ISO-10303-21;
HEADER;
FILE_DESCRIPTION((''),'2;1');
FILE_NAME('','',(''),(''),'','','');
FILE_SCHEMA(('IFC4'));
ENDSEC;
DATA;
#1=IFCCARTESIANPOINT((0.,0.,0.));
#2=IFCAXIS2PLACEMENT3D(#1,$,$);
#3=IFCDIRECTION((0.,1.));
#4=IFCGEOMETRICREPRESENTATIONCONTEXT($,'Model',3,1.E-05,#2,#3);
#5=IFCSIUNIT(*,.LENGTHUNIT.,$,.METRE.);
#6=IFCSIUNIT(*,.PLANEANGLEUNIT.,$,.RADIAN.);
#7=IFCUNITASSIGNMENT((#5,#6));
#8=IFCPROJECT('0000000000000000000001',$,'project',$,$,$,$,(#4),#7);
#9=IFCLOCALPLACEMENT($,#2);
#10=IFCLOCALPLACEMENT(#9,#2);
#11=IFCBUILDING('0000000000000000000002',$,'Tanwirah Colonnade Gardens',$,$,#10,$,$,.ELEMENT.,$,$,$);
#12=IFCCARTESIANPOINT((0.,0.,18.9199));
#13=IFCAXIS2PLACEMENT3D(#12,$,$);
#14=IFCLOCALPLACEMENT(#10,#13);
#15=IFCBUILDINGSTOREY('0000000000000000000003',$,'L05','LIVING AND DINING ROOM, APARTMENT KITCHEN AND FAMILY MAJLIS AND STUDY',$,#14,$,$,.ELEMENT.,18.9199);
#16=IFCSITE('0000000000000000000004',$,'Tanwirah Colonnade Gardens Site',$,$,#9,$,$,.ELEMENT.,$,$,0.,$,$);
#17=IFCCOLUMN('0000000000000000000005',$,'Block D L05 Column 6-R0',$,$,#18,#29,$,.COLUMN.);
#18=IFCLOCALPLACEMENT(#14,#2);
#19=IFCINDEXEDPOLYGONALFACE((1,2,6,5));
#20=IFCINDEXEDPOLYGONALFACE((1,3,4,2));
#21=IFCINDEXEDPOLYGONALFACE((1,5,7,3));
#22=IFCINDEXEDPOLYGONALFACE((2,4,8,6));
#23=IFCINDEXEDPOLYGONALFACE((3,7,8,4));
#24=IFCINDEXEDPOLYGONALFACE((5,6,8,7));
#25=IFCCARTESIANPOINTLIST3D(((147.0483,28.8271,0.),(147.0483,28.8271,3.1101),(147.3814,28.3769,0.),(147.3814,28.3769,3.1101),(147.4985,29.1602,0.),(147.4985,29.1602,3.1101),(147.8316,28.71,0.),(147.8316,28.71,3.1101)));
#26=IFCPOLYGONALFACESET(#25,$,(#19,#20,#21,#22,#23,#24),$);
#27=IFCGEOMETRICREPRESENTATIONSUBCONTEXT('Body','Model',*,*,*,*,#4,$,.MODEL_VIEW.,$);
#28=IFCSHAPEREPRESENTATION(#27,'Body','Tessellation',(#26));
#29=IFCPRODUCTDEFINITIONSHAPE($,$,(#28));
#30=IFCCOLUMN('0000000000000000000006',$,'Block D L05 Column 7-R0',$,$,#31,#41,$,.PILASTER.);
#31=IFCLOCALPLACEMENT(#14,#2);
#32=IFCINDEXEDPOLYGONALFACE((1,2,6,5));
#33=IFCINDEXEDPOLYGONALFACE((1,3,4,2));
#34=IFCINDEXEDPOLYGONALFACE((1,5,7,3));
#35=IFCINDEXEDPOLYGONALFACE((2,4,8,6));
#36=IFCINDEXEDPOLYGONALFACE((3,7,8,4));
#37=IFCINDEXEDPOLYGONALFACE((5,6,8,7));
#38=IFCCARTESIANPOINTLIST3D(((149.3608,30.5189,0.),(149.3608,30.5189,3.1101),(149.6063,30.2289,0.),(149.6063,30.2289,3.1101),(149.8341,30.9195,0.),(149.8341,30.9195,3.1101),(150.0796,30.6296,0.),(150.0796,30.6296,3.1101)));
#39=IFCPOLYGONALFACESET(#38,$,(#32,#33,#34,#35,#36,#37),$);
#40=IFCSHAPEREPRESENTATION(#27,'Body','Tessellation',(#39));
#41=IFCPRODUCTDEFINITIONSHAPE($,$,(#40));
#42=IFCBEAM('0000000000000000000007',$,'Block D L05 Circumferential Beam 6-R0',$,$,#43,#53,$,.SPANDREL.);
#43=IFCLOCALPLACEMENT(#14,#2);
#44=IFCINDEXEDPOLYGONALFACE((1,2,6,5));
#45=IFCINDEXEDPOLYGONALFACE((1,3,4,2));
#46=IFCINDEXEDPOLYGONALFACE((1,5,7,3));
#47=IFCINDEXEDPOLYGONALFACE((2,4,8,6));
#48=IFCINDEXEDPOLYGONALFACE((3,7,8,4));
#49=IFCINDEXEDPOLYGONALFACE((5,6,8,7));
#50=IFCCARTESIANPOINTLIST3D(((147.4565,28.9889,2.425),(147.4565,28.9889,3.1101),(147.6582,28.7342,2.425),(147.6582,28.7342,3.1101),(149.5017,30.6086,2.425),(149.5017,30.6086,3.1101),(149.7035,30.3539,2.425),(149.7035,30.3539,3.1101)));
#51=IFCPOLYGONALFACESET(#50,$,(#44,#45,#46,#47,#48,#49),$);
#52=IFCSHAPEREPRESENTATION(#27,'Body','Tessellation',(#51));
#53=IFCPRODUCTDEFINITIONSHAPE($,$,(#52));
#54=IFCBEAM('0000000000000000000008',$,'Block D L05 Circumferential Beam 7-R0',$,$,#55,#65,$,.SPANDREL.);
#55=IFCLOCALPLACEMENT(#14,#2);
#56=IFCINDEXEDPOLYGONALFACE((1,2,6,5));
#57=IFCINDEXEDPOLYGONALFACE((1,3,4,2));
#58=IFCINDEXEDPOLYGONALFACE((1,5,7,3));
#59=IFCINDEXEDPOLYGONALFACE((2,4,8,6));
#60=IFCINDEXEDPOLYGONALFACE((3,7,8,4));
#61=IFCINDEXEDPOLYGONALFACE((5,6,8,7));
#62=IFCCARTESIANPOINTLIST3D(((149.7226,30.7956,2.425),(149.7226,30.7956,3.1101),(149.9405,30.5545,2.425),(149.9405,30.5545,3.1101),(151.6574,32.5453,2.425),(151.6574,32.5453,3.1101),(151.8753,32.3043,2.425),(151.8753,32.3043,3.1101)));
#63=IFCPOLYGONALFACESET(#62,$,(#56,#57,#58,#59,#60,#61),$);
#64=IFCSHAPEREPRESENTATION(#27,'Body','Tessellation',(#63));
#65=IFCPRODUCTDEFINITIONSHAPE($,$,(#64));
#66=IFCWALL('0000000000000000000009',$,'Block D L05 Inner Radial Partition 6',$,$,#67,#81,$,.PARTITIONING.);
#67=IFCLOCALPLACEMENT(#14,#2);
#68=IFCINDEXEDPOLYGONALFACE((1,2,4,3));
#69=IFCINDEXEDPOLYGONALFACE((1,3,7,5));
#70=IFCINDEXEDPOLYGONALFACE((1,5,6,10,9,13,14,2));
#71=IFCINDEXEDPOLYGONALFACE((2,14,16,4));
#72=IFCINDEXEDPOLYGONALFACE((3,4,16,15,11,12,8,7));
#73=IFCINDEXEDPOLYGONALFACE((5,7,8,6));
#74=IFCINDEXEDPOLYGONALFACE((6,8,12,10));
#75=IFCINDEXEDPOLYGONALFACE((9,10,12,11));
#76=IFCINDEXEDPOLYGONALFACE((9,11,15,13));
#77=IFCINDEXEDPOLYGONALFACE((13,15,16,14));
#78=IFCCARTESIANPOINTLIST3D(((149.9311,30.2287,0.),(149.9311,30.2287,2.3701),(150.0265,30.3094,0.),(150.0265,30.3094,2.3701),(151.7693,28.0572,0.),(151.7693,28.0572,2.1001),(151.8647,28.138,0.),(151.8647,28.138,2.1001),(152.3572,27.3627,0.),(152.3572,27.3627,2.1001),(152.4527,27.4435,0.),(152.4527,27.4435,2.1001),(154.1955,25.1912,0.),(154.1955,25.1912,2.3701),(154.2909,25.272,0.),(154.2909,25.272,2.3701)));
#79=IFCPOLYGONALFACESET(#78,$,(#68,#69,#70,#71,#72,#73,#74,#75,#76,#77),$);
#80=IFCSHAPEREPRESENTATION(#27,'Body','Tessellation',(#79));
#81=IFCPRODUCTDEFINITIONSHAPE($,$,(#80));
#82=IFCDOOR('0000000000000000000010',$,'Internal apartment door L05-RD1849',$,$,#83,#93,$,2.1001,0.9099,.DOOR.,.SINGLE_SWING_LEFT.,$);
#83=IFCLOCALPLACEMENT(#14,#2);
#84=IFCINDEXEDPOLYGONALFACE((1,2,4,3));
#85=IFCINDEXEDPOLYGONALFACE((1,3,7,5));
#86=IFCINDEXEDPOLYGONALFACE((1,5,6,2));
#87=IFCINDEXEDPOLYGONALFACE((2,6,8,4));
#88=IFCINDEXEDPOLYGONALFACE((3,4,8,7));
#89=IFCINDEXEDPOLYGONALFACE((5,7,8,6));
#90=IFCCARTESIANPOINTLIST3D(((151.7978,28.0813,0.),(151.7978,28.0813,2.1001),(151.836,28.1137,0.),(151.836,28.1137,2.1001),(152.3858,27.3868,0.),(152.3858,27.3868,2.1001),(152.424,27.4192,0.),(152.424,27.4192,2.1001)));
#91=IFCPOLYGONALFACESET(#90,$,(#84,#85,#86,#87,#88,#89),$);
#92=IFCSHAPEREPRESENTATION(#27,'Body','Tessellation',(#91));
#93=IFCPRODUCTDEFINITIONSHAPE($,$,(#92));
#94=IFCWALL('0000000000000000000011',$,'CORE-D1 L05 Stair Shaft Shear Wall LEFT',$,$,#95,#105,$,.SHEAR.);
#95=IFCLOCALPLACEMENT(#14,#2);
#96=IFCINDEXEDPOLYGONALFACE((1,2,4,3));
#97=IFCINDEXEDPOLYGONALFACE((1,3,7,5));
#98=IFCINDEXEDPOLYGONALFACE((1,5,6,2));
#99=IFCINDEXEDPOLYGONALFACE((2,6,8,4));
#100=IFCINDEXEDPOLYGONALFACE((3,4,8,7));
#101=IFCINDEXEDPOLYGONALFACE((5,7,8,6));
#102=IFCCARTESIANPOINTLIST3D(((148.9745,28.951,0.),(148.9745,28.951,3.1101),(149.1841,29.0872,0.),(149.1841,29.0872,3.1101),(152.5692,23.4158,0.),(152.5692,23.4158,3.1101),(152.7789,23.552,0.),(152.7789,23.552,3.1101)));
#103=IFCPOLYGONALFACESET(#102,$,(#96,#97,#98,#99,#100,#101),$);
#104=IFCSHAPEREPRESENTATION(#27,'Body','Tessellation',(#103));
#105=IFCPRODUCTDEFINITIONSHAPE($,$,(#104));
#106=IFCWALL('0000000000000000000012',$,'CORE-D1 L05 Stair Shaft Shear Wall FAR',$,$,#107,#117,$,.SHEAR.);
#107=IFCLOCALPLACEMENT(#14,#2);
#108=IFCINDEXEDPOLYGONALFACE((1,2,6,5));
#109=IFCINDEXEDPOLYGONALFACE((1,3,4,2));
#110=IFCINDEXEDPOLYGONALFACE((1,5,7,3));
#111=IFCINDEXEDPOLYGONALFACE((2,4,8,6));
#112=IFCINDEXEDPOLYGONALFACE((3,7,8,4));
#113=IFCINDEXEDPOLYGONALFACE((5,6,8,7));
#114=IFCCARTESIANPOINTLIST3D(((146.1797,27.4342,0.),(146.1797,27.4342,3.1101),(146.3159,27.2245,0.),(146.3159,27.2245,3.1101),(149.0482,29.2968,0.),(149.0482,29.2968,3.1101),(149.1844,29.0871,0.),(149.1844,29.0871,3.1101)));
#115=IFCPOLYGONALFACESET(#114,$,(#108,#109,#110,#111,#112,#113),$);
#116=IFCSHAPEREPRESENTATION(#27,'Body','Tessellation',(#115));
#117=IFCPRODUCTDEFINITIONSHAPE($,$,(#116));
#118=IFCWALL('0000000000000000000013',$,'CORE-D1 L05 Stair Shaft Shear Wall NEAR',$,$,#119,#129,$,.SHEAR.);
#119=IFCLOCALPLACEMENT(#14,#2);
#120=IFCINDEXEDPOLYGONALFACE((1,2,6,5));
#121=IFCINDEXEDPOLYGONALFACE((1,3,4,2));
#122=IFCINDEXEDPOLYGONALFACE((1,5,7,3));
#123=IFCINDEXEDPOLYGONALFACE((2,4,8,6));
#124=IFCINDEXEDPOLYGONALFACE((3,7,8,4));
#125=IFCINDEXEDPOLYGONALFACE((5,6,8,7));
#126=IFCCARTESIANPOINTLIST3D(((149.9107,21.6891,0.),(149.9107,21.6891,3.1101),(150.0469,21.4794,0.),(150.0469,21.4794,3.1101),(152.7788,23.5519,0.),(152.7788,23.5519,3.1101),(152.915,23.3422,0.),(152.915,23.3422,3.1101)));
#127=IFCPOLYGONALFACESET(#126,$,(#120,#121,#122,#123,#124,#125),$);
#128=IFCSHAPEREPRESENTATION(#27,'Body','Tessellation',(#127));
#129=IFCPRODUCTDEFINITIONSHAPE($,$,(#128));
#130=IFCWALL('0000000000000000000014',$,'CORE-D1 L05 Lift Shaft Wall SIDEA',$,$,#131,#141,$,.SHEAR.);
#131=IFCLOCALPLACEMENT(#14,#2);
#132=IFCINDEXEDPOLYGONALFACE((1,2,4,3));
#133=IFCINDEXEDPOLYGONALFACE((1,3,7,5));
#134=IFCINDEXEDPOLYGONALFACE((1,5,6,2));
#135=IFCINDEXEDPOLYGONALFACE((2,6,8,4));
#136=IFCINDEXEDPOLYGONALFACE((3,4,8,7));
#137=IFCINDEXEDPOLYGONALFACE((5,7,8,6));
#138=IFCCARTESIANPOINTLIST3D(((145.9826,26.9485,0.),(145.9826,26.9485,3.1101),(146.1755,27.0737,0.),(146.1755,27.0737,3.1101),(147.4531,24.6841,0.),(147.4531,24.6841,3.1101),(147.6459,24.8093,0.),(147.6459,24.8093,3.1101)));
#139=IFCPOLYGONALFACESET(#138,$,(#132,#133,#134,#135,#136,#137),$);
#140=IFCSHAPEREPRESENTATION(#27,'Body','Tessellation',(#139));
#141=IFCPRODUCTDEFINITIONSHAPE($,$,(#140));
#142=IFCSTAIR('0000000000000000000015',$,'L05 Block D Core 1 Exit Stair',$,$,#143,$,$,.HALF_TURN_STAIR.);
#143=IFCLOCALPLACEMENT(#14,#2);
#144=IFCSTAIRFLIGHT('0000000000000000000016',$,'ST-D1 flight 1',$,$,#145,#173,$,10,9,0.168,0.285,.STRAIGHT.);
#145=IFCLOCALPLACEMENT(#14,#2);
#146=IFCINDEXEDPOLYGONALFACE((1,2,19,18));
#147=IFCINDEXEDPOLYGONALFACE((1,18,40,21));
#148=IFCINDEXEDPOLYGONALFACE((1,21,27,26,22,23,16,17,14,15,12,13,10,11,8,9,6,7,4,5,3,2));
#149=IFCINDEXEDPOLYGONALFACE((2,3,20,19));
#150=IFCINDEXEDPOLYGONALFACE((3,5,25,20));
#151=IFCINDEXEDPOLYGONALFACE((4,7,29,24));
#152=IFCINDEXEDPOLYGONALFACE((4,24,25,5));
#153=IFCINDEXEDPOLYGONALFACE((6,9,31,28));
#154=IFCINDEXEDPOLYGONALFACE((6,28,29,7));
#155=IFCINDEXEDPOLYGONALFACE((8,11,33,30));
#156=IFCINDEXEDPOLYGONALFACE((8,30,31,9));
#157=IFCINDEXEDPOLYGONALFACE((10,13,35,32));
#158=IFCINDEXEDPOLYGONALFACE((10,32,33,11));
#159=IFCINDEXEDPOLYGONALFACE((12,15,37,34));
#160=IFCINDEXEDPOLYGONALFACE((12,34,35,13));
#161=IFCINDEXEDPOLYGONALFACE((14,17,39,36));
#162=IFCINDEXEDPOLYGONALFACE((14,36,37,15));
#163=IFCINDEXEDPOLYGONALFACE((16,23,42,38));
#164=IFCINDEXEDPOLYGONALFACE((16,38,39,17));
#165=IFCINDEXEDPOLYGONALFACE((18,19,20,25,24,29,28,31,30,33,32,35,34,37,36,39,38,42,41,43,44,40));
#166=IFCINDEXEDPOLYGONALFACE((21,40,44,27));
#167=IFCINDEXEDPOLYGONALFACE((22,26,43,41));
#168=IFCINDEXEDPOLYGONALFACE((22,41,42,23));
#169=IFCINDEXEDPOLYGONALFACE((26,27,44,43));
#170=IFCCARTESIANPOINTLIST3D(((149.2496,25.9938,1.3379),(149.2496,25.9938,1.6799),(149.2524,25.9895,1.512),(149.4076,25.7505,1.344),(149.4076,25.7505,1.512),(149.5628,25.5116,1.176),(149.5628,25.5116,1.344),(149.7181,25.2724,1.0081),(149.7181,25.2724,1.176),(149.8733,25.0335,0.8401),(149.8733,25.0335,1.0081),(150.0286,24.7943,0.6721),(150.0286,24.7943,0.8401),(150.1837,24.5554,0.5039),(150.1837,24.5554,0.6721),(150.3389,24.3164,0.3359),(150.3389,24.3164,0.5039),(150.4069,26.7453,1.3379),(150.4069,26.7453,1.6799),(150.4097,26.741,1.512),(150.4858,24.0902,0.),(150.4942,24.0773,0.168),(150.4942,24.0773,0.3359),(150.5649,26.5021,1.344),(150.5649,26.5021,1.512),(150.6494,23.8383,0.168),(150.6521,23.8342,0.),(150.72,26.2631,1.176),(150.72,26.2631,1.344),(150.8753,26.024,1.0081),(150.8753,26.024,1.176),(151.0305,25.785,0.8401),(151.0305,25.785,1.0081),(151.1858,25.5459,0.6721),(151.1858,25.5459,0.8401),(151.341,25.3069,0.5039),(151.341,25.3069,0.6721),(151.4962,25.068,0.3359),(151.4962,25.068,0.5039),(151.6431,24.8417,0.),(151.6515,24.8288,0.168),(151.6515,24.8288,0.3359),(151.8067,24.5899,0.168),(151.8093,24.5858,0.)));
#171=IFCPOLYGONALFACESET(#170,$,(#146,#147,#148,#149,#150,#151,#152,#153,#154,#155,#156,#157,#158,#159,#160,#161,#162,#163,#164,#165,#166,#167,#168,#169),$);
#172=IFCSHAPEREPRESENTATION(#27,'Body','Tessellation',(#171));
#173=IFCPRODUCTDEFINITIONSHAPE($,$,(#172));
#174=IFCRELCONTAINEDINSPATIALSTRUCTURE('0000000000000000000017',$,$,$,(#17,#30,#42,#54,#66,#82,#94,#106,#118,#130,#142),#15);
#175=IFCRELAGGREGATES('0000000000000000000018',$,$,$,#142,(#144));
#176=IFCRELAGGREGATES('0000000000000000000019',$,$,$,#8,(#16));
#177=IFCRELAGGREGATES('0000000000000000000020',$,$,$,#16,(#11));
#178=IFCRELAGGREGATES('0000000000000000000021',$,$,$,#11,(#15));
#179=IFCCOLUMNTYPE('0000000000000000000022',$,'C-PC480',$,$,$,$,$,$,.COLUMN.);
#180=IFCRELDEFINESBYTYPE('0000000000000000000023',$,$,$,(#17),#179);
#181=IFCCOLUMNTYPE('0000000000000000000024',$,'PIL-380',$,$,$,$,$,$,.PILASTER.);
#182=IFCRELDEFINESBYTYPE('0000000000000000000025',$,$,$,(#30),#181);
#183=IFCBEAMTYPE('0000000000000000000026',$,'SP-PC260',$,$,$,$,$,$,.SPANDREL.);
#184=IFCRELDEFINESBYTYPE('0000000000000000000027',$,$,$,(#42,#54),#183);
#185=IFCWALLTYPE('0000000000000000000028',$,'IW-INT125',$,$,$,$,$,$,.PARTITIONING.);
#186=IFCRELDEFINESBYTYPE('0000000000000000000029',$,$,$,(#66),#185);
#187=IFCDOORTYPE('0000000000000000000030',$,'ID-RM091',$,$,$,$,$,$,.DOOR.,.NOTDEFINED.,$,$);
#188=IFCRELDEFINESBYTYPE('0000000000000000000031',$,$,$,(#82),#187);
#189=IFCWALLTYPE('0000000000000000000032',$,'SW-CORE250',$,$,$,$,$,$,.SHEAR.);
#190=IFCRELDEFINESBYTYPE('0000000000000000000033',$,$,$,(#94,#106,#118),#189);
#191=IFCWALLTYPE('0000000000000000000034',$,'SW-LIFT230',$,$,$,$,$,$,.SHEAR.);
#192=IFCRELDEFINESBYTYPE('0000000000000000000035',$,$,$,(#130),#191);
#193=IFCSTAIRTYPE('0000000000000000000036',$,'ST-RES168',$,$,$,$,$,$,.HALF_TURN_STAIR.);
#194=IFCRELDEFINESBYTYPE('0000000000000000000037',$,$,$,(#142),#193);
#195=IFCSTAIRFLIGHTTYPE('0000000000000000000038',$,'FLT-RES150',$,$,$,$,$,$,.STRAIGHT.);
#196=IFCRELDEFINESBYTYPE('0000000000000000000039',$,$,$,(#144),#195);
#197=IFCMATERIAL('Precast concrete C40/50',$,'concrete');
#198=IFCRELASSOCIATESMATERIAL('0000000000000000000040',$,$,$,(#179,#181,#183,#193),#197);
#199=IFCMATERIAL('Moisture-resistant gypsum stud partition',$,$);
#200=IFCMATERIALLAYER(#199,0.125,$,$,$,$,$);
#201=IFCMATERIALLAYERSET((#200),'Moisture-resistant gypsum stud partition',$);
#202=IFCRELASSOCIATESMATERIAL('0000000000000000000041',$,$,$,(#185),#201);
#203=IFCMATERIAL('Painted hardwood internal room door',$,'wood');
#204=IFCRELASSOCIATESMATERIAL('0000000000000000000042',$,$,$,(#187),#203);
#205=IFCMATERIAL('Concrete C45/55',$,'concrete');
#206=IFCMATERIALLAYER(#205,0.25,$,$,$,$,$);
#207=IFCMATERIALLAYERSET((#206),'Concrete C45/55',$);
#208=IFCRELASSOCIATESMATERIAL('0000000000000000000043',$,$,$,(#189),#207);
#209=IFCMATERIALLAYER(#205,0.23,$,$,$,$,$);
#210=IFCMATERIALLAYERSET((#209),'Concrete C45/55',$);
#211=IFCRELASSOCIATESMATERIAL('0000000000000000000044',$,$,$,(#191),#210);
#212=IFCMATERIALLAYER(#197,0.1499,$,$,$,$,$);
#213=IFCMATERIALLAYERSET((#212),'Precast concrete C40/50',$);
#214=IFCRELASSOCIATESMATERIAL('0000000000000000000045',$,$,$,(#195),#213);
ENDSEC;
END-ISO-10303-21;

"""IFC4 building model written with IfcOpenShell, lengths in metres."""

from ifc_helpers import new_model, si_unit, direction, frame, frame_2d, origin, origin_2d, place, context, subcontext, project, spatial, polyline, rectangle, outline, extrude, material, layer, layer_set, material_profile, profile_set, type_object, element, fill, aggregate, save


model = new_model("IFC4")

# Units and contexts
model_context = context("Model", 3, precision=1e-05, world=origin(), true_north=direction((0.0, 1.0)))
body_context = subcontext(model_context, "Body", "Model", "MODEL_VIEW")
ifc_project = project(units=[si_unit("LENGTHUNIT", "METRE"), si_unit("PLANEANGLEUNIT", "RADIAN")], contexts=[model_context])

# Site, building, storey
site_placement = place(None, origin())
site = spatial("IfcSite", under=ifc_project, at=site_placement, Name="Tanwirah Colonnade Gardens Site", CompositionType="ELEMENT", RefElevation=0.0)
building_placement = place(site_placement, origin())
building = spatial("IfcBuilding", under=site, at=building_placement, Name="Tanwirah Colonnade Gardens", CompositionType="ELEMENT")
storey_placement = place(building_placement, frame((0.0, 0.0, 18.9199)))
storey = spatial("IfcBuildingStorey", under=building, at=storey_placement, Name="L05", Description="LIVING AND DINING ROOM, APARTMENT KITCHEN AND FAMILY MAJLIS AND STUDY", CompositionType="ELEMENT", Elevation=18.9199)

# Columns
ifc_material_1 = material(Name="Precast concrete C40/50", Category="concrete")
ifc_material_profile_1 = material_profile(ifc_material_1, rectangle(XDim=0.5601, YDim=0.5601, at=origin_2d()), Name="PC-COL 560x560")
ifc_profile_set_1 = profile_set([ifc_material_profile_1], Name="Precast concrete C40/50")
column_type_1 = type_object("IfcColumnType", Name="C-PC480", PredefinedType="COLUMN", material=ifc_profile_set_1)
column_1_placement = place(storey_placement, frame((147.4399, 28.7686, 0.0), z_axis=(0.0, 0.0, 1.0), x_axis=(0.594823, -0.803857, 0.0)))
element("IfcColumn", 1, at=column_1_placement, inside=storey, type_object=column_type_1, Name="Block D L05 Column 6-R0", PredefinedType="COLUMN", context=body_context, shape_type="SweptSolid", body=[
    extrude(rectangle(XDim=0.5601, YDim=0.5601, at=origin_2d()), origin(), (0.0, 0.0, 1.0), 3.1101),
])
ifc_material_profile_2 = material_profile(ifc_material_1, rectangle(XDim=0.3799, YDim=0.6201, at=origin_2d()), Name="PC-PIL 380x620")
ifc_profile_set_2 = profile_set([ifc_material_profile_2], Name="Precast concrete C40/50")
column_type_2 = type_object("IfcColumnType", Name="PIL-380", PredefinedType="PILASTER", material=ifc_profile_set_2)
column_2_placement = place(storey_placement, frame((149.7202, 30.5742, 0.0), z_axis=(0.0, 0.0, 1.0), x_axis=(0.646124, -0.763232, 0.0)))
element("IfcColumn", 2, at=column_2_placement, inside=storey, type_object=column_type_2, Name="Block D L05 Column 7-R0", PredefinedType="PILASTER", context=body_context, shape_type="SweptSolid", body=[
    extrude(rectangle(XDim=0.3799, YDim=0.6201, at=origin_2d()), origin(), (0.0, 0.0, 1.0), 3.1101),
])

# Beams
ifc_material_profile_3 = material_profile(ifc_material_1, rectangle(XDim=0.325, YDim=0.6851, at=origin_2d()), Name="PC-SP 325x685")
ifc_profile_set_3 = profile_set([ifc_material_profile_3], Name="Precast concrete C40/50")
beam_type = type_object("IfcBeamType", Name="SP-PC260", PredefinedType="SPANDREL", material=ifc_profile_set_3)
beam_1_placement = place(storey_placement, frame((147.5574, 28.8616, 2.7676), z_axis=(0.783945, 0.62083, 0.0), x_axis=(-0.62083, 0.783945, 0.0)))
element("IfcBeam", 3, at=beam_1_placement, inside=storey, type_object=beam_type, Name="Block D L05 Circumferential Beam 6-R0", PredefinedType="SPANDREL", context=body_context, shape_type="SweptSolid", body=[
    extrude(rectangle(XDim=0.325, YDim=0.6851, at=origin_2d()), origin(), (0.0, 0.0, 1.0), 2.6089),
])
beam_2_placement = place(storey_placement, frame((149.8315, 30.675, 2.7676), z_axis=(0.741687, 0.670747, 0.0), x_axis=(-0.670747, 0.741687, 0.0)))
element("IfcBeam", 4, at=beam_2_placement, inside=storey, type_object=beam_type, Name="Block D L05 Circumferential Beam 7-R0", PredefinedType="SPANDREL", context=body_context, shape_type="SweptSolid", body=[
    extrude(rectangle(XDim=0.325, YDim=0.6851, at=origin_2d()), origin(), (0.0, 0.0, 1.0), 2.6086),
])

# Wall, opening, door
ifc_material_2 = material(Name="Moisture-resistant gypsum stud partition")
ifc_layer_1 = layer(ifc_material_2, 0.125)
ifc_layer_set_1 = layer_set([ifc_layer_1], Name="Moisture-resistant gypsum stud partition")
wall_type_1 = type_object("IfcWallType", Name="IW-INT125", PredefinedType="PARTITIONING", material=ifc_layer_set_1)
wall_1_placement = place(storey_placement, frame((149.9788, 30.269, 0.0), z_axis=(0.0, 0.0, 1.0), x_axis=(0.646121, -0.763235, 0.0)))
wall_1 = element("IfcWall", 5, at=wall_1_placement, inside=storey, type_object=wall_type_1, Name="Block D L05 Inner Radial Partition 6", PredefinedType="PARTITIONING", context=body_context, shape_type="SweptSolid", body=[
    extrude(rectangle(XDim=6.6001, YDim=0.125, at=frame_2d((3.3, 0.0))), origin(), (0.0, 0.0, 1.0), 2.3701),
])
opening_1_placement = place(wall_1_placement, frame((2.845, 0.0, 0.0)))
opening_1 = element("IfcOpeningElement", 6, at=opening_1_placement, cuts=wall_1, PredefinedType="OPENING", context=body_context, shape_type="SweptSolid", body=[
    extrude(rectangle(XDim=0.9099, YDim=2.1001, at=frame_2d((0.4551, 1.05))), frame((0.0, 0.0725, 0.0), z_axis=(0.0, -1.0, 0.0), x_axis=(1.0, 0.0, 0.0)), (0.0, 0.0, 1.0), 0.145),
])
ifc_material_3 = material(Name="Painted hardwood internal room door", Category="wood")
door_type_1 = type_object("IfcDoorType", Name="ID-RM091", OperationType="NOTDEFINED", PredefinedType="DOOR", material=ifc_material_3)
door_1_placement = place(opening_1_placement, origin())
door_1 = element("IfcDoor", 7, at=door_1_placement, inside=storey, type_object=door_type_1, Name="Internal apartment door L05-RD1849", OperationType="SINGLE_SWING_LEFT", OverallHeight=2.1001, OverallWidth=0.9099, PredefinedType="DOOR", context=body_context, shape_type="SweptSolid", body=[
    extrude(rectangle(XDim=0.9099, YDim=2.1001, at=frame_2d((0.4551, 1.05))), frame((0.0, 0.0249, 0.0), z_axis=(0.0, -1.0, 0.0), x_axis=(1.0, 0.0, 0.0)), (0.0, 0.0, 1.0), 0.05),
])
fill(opening_1, door_1)

# Walls
ifc_material_4 = material(Name="Concrete C45/55", Category="concrete")
ifc_layer_2 = layer(ifc_material_4, 0.25)
ifc_layer_set_2 = layer_set([ifc_layer_2], Name="Concrete C45/55")
wall_type_2 = type_object("IfcWallType", Name="SW-CORE250", PredefinedType="SHEAR", material=ifc_layer_set_2)
wall_2_placement = place(storey_placement, frame((152.6741, 23.4839, 0.0), z_axis=(0.0, 0.0, 1.0), x_axis=(-0.544655, 0.83866, 0.0)))
element("IfcWall", 8, at=wall_2_placement, inside=storey, type_object=wall_type_2, Name="CORE-D1 L05 Stair Shaft Shear Wall LEFT", PredefinedType="SHEAR", context=body_context, shape_type="SweptSolid", body=[
    extrude(rectangle(XDim=6.6001, YDim=0.25, at=frame_2d((3.3, 0.0))), origin(), (0.0, 0.0, 1.0), 3.1101),
])
wall_3_placement = place(storey_placement, frame((149.1162, 29.1919, 0.0), z_axis=(0.0, 0.0, 1.0), x_axis=(-0.8387, -0.544594, 0.0)))
element("IfcWall", 9, at=wall_3_placement, inside=storey, type_object=wall_type_2, Name="CORE-D1 L05 Stair Shaft Shear Wall FAR", PredefinedType="SHEAR", context=body_context, shape_type="SweptSolid", body=[
    extrude(rectangle(XDim=3.4202, YDim=0.25, at=frame_2d((1.71, 0.0))), origin(), (0.0, 0.0, 1.0), 3.1101),
])
wall_4_placement = place(storey_placement, frame((152.8469, 23.447, 0.0), z_axis=(0.0, 0.0, 1.0), x_axis=(-0.838646, -0.544677, 0.0)))
element("IfcWall", 10, at=wall_4_placement, inside=storey, type_object=wall_type_2, Name="CORE-D1 L05 Stair Shaft Shear Wall NEAR", PredefinedType="SHEAR", context=body_context, shape_type="SweptSolid", body=[
    extrude(rectangle(XDim=3.4199, YDim=0.25, at=frame_2d((1.71, 0.0))), origin(), (0.0, 0.0, 1.0), 3.1101),
])

# Shared definitions
ifc_layer_3 = layer(ifc_material_4, 0.23)
ifc_layer_set_3 = layer_set([ifc_layer_3], Name="Concrete C45/55")
wall_type_3 = type_object("IfcWallType", Name="SW-LIFT230", PredefinedType="SHEAR", material=ifc_layer_set_3)

# Wall
wall_5_placement = place(storey_placement, frame((147.5496, 24.7466, 0.0), z_axis=(0.0, 0.0, 1.0), x_axis=(-0.544623, 0.838681, 0.0)))
element("IfcWall", 11, at=wall_5_placement, inside=storey, type_object=wall_type_3, Name="CORE-D1 L05 Lift Shaft Wall SIDEA", PredefinedType="SHEAR", context=body_context, shape_type="SweptSolid", body=[
    extrude(rectangle(XDim=2.7, YDim=0.23, at=frame_2d((1.3501, 0.0))), origin(), (0.0, 0.0, 1.0), 3.1101),
])

# Stair, stair flight
stair_type = type_object("IfcStairType", Name="ST-RES168", PredefinedType="HALF_TURN_STAIR", material=ifc_material_1)
stair_placement = place(storey_placement, origin())
stair = element("IfcStair", 12, at=stair_placement, inside=storey, type_object=stair_type, Name="L05 Block D Core 1 Exit Stair", PredefinedType="HALF_TURN_STAIR")
ifc_layer_4 = layer(ifc_material_1, 0.1499)
ifc_layer_set_4 = layer_set([ifc_layer_4], Name="Precast concrete C40/50")
stair_flight_type = type_object("IfcStairFlightType", Name="FLT-RES150", PredefinedType="STRAIGHT", material=ifc_layer_set_4)
stair_flight_1_placement = place(storey_placement, frame((151.228, 24.2141, 0.0), z_axis=(0.0, 0.0, 1.0), x_axis=(-0.544639, 0.838671, 0.0)))
stair_flight_1 = element("IfcStairFlight", 13, at=stair_flight_1_placement, type_object=stair_flight_type, Name="ST-D1 flight 1", NumberOfRisers=10, NumberOfTreads=9, PredefinedType="STRAIGHT", RiserHeight=0.168, TreadLength=0.285, context=body_context, shape_type="SweptSolid", body=[
    extrude(outline(polyline([(-0.0049, 0.0), (0.0, 0.168), (0.2849, 0.168), (0.2849, 0.3359), (0.5701, 0.3359), (0.5701, 0.5039), (0.855, 0.5039), (0.855, 0.6721), (1.1399, 0.6721), (1.1399, 0.8401), (1.425, 0.8401), (1.425, 1.0081), (1.71, 1.0081), (1.71, 1.176), (1.9951, 1.176), (1.9951, 1.344), (2.28, 1.344), (2.28, 1.512), (2.5649, 1.512), (2.5701, 1.6799), (2.5701, 1.3379), (0.3003, 0.0), (-0.0049, 0.0)])), frame((0.0, 0.6899, 0.0), z_axis=(0.0, -1.0, 0.0), x_axis=(1.0, 0.0, 0.0)), (0.0, 0.0, 1.0), 1.3799),
])
aggregate(stair, [stair_flight_1])

save(model, "model.ifc")
